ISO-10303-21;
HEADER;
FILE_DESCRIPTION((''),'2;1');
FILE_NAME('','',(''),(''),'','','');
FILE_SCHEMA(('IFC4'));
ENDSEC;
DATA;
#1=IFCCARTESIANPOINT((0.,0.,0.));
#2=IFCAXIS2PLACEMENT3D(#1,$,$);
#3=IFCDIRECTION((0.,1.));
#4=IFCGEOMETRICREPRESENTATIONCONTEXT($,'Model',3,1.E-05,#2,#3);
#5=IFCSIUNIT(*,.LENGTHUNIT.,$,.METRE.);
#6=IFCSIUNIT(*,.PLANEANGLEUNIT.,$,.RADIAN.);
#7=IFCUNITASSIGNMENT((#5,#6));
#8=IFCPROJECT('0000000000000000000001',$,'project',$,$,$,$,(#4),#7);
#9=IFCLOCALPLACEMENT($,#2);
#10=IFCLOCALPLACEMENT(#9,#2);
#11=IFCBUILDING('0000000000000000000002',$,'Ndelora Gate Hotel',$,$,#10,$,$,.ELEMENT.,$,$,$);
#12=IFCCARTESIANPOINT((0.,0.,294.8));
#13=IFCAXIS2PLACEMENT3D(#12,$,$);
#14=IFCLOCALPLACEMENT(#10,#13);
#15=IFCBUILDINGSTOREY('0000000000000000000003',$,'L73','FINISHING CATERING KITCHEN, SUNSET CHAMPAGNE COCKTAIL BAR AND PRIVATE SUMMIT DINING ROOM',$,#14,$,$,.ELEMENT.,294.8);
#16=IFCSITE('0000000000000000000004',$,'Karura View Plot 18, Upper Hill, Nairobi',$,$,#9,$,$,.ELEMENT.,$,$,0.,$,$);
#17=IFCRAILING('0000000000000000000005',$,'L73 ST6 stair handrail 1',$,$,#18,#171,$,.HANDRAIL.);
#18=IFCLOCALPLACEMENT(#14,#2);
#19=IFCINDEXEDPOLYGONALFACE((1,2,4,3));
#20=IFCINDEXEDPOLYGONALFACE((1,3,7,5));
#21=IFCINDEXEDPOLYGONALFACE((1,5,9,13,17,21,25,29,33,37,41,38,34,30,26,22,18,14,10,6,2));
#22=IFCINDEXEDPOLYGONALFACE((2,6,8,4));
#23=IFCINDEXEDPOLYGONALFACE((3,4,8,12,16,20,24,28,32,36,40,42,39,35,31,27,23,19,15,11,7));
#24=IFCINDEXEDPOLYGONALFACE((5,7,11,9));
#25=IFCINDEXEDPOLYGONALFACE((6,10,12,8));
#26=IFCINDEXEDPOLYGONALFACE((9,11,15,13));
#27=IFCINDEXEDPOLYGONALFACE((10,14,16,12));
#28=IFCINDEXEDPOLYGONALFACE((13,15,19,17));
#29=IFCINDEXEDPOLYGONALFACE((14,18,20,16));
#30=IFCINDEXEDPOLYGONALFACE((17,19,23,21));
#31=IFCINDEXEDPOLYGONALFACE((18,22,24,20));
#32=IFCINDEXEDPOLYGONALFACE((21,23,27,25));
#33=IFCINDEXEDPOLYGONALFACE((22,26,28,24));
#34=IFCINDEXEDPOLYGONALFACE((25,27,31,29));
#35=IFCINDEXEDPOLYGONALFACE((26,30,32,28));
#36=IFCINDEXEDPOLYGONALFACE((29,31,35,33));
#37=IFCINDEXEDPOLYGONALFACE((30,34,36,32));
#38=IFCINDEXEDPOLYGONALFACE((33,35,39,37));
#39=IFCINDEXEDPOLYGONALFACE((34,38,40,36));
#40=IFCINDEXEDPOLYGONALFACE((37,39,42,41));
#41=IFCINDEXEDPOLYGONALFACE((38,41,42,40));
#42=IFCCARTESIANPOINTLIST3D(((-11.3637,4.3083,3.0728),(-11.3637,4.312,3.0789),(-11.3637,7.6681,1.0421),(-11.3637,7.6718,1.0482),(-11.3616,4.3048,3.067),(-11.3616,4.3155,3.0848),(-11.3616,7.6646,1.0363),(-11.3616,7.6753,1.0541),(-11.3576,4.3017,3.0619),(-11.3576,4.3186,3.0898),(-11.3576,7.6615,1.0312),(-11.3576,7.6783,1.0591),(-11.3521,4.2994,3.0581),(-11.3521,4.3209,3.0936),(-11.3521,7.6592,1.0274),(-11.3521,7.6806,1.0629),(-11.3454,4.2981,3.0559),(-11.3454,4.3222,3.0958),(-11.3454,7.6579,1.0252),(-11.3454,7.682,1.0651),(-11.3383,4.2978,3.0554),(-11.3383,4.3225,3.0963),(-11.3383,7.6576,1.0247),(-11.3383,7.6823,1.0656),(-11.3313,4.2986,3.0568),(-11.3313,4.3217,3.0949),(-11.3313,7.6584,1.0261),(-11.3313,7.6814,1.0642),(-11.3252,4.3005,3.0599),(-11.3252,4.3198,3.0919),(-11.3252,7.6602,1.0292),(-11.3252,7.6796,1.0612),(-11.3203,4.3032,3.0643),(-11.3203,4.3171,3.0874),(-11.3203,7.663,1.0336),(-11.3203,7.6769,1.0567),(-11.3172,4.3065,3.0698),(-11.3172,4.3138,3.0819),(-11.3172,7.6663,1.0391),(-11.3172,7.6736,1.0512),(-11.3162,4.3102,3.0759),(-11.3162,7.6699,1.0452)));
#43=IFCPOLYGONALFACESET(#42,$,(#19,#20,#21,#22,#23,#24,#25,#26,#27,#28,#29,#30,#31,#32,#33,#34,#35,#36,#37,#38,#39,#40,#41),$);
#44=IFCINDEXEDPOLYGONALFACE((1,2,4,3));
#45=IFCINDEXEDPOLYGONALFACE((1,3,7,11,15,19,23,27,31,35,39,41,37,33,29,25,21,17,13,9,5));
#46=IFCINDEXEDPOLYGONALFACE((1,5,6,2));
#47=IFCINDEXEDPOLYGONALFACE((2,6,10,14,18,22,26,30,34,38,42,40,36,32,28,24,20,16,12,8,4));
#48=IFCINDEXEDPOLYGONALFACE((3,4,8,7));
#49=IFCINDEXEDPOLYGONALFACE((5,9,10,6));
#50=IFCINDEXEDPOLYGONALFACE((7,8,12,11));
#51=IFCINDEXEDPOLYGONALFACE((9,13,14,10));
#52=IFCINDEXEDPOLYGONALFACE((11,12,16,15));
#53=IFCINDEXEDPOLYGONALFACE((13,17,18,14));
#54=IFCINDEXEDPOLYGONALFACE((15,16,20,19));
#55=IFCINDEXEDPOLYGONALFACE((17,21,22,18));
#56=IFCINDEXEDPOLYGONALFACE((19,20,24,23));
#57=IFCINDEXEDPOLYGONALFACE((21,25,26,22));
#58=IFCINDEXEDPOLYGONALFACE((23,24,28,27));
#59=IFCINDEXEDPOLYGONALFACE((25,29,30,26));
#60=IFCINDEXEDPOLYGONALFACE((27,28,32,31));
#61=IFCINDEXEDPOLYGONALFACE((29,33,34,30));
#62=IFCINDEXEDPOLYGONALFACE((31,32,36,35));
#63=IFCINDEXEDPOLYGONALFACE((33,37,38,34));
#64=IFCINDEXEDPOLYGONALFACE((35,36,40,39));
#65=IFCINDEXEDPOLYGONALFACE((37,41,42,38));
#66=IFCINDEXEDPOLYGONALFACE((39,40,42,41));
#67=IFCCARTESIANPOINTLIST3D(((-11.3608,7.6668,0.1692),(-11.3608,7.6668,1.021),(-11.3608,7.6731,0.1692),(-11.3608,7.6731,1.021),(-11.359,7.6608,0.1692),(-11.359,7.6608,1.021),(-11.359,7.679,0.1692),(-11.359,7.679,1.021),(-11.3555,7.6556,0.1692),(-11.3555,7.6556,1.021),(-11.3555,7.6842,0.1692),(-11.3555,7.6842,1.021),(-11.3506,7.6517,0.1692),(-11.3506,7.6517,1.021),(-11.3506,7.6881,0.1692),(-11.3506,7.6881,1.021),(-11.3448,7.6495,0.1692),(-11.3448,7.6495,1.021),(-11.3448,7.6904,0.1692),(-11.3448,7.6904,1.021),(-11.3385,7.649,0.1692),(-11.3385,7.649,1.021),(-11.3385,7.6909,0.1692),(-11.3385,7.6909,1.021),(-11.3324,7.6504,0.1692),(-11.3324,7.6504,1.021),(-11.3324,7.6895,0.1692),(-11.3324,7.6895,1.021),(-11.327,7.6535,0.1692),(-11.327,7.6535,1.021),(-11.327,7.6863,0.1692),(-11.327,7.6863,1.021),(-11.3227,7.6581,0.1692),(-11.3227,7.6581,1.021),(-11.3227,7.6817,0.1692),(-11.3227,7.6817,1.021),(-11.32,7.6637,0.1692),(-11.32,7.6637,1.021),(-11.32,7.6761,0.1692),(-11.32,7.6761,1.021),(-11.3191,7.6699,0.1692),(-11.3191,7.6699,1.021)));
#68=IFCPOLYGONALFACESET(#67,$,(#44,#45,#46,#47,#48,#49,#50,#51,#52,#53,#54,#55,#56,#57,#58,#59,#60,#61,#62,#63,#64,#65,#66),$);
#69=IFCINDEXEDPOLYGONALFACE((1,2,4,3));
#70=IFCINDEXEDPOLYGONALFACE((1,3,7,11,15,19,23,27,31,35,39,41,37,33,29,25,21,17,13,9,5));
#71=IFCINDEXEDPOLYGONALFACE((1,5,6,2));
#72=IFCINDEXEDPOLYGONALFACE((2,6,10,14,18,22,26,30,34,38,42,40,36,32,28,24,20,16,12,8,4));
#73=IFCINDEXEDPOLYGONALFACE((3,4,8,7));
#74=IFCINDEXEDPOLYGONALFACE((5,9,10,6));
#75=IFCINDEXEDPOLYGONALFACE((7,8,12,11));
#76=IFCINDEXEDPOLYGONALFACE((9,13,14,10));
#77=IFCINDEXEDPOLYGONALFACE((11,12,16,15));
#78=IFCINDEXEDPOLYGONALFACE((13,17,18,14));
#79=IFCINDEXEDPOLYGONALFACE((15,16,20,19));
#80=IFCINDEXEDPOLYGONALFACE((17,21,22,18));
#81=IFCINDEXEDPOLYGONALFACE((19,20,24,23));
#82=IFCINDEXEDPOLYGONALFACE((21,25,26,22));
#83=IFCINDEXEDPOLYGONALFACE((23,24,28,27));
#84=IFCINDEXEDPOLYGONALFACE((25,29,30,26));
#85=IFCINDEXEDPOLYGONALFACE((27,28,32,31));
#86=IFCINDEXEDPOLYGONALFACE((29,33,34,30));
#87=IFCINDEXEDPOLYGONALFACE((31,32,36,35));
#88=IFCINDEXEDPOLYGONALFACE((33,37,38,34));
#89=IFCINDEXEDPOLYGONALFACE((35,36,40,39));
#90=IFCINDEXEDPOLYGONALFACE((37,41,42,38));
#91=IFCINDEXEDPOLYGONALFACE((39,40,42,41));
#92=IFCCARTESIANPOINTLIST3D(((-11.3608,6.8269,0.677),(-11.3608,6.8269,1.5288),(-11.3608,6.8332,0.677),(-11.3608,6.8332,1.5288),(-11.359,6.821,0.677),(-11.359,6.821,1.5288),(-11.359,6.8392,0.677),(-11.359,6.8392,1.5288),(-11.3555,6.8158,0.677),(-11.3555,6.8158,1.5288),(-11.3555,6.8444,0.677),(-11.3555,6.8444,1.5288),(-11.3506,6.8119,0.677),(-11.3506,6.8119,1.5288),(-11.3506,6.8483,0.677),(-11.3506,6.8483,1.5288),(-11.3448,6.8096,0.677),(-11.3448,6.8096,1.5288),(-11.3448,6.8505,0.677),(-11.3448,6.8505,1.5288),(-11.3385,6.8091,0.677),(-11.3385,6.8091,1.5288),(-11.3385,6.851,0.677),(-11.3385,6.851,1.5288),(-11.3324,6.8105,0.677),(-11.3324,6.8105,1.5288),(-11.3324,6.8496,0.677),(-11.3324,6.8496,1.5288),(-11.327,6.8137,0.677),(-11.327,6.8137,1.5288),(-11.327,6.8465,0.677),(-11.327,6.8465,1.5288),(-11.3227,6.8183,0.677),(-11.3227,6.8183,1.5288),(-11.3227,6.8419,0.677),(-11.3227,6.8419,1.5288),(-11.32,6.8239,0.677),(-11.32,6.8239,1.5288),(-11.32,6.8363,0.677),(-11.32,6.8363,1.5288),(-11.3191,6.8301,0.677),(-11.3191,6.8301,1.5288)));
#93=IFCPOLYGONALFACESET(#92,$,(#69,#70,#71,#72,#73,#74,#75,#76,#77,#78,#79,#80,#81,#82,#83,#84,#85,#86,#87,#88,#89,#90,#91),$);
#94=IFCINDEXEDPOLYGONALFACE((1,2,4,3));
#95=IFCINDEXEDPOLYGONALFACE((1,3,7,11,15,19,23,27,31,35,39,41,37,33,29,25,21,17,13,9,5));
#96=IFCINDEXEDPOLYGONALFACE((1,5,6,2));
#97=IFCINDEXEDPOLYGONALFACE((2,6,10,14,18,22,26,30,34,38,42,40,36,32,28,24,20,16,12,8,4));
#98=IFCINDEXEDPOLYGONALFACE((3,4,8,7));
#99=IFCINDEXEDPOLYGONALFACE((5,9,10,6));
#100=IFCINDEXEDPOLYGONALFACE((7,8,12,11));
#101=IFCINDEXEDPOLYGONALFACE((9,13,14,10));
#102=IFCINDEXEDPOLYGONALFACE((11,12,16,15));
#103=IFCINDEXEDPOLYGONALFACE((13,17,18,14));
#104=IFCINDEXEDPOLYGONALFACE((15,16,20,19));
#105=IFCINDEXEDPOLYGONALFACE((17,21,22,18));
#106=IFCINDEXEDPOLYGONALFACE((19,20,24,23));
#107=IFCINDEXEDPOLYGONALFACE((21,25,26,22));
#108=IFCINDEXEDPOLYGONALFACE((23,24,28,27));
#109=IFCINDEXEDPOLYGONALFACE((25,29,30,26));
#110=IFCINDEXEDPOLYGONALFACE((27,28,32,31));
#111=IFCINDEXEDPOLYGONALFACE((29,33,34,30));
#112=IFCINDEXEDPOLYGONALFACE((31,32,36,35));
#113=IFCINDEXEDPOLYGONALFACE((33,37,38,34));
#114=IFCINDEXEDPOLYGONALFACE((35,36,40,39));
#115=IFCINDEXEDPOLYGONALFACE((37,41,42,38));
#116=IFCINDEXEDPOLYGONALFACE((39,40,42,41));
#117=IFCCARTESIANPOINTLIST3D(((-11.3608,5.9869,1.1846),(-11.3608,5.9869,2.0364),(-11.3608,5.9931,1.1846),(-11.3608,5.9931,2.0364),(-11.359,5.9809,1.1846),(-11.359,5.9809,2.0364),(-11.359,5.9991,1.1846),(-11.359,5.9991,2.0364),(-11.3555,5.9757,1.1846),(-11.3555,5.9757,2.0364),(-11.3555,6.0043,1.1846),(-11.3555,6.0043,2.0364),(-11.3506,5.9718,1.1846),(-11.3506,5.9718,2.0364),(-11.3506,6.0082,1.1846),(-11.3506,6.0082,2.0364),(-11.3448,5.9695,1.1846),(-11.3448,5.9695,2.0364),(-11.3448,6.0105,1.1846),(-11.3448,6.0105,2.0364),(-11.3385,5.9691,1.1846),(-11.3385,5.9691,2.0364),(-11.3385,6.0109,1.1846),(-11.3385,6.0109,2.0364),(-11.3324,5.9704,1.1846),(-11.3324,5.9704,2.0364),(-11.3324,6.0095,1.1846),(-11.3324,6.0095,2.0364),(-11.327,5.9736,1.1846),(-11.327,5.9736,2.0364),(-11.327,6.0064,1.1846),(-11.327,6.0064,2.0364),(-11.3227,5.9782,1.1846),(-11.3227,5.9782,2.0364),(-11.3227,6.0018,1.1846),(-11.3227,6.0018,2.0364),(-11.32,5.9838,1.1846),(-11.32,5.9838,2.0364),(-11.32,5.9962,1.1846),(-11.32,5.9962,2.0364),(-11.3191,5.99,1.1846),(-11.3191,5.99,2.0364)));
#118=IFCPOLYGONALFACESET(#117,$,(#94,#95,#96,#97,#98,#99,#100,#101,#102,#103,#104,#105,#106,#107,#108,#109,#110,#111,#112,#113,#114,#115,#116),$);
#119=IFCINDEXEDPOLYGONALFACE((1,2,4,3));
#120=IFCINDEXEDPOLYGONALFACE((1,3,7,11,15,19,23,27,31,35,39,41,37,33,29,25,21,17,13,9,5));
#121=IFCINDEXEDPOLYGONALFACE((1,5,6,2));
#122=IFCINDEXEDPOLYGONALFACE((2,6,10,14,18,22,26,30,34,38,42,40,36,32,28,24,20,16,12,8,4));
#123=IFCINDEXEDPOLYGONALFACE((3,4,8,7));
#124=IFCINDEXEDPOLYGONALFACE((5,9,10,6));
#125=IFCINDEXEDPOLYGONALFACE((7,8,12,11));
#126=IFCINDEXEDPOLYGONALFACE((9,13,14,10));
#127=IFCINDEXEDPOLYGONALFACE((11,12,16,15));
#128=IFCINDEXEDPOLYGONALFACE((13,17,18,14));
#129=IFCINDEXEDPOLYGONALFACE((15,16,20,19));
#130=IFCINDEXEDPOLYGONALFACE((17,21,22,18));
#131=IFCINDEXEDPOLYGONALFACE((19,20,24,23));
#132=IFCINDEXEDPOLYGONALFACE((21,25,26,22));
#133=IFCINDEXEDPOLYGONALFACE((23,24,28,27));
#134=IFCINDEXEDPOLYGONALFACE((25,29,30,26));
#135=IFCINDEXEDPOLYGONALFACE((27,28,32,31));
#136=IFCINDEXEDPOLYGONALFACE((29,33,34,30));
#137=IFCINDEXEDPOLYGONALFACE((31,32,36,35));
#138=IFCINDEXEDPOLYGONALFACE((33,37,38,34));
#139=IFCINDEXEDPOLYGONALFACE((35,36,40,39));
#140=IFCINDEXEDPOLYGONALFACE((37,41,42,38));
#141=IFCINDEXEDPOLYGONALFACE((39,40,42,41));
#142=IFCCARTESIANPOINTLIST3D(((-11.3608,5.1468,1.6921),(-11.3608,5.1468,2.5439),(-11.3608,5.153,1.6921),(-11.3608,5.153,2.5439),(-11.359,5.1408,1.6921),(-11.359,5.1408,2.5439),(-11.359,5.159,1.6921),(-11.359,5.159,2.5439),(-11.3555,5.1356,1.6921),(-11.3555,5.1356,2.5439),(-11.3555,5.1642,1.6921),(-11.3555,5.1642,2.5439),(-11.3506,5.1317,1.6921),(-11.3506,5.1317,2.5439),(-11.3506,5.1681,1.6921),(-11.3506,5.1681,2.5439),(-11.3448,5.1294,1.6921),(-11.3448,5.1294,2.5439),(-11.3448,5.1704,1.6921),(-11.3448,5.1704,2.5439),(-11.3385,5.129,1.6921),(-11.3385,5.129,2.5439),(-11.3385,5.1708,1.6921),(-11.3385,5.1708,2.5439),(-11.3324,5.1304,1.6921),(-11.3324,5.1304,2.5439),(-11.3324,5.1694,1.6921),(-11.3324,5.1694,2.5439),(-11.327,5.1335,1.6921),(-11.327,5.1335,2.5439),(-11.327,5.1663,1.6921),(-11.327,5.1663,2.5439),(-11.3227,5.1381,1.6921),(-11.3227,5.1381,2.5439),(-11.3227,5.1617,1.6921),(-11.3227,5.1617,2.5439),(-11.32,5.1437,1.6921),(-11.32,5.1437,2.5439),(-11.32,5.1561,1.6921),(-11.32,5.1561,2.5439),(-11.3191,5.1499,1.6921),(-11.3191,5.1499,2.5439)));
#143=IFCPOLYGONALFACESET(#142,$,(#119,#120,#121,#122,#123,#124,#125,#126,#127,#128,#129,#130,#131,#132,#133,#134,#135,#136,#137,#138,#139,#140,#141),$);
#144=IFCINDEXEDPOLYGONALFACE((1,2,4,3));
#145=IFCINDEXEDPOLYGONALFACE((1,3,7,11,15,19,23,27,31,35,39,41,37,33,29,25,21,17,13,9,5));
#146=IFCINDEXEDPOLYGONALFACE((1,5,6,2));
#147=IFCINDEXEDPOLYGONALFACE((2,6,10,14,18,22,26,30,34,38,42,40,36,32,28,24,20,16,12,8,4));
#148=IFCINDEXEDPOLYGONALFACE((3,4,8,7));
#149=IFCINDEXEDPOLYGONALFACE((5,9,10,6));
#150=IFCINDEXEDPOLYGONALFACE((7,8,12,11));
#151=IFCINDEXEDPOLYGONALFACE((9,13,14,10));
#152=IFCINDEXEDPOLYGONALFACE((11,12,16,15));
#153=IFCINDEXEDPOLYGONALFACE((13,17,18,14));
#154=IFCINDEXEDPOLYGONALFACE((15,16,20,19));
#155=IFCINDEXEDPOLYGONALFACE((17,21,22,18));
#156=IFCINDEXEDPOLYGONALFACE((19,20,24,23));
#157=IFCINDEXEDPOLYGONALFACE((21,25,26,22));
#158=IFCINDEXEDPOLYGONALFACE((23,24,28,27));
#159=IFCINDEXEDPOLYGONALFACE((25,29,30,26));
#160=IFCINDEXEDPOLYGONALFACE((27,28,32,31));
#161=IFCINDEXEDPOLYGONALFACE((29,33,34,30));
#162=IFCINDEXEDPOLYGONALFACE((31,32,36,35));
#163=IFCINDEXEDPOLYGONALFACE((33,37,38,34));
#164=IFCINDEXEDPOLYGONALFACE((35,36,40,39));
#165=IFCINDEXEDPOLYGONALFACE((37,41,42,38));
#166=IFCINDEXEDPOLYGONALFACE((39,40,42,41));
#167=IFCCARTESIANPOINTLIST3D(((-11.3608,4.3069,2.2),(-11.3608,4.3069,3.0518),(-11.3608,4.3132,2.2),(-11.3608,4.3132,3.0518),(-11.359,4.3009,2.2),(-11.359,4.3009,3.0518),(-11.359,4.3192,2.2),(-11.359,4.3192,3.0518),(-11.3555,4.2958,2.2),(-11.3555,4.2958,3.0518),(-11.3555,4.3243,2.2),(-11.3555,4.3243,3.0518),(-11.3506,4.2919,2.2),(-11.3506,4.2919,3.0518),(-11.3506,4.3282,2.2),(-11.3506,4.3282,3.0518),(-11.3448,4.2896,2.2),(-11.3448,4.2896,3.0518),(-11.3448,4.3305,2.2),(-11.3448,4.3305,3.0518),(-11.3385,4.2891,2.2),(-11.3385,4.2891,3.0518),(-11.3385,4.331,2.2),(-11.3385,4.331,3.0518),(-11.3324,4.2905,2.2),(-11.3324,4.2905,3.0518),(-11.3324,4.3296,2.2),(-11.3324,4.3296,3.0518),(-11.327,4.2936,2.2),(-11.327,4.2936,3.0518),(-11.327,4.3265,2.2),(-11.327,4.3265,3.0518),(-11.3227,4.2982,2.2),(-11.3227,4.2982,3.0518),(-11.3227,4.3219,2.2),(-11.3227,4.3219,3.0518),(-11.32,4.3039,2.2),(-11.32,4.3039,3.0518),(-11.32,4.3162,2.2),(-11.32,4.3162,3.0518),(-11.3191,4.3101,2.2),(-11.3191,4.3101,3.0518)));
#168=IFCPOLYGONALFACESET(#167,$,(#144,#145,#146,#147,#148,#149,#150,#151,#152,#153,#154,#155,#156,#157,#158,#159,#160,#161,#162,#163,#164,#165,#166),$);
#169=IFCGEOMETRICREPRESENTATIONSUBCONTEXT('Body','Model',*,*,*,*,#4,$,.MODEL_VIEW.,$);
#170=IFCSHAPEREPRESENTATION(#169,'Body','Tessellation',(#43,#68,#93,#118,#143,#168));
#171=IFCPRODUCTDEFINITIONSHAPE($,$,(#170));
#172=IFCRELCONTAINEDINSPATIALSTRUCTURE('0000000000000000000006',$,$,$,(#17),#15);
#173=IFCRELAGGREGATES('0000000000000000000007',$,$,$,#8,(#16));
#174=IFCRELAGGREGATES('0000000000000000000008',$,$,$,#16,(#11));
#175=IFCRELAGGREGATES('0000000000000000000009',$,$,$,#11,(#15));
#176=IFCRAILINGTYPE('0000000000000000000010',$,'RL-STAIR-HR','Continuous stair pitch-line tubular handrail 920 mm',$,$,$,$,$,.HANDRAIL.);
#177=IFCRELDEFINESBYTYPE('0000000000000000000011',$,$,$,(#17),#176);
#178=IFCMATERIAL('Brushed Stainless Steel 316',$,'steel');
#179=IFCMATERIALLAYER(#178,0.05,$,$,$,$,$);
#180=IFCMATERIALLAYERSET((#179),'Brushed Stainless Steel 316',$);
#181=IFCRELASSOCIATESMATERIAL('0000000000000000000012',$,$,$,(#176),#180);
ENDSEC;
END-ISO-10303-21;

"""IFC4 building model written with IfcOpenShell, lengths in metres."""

from ifc_helpers import new_model, si_unit, direction, frame, origin, origin_2d, place, context, subcontext, project, spatial, circle, extrude, material, layer, layer_set, type_object, element, save


model = new_model("IFC4")

# Units and contexts
model_context = context("Model", 3, precision=1e-05, world=origin(), true_north=direction((0.0, 1.0)))
body_context = subcontext(model_context, "Body", "Model", "MODEL_VIEW")
ifc_project = project(units=[si_unit("LENGTHUNIT", "METRE"), si_unit("PLANEANGLEUNIT", "RADIAN")], contexts=[model_context])

# Site, building, storey
site_placement = place(None, origin())
site = spatial("IfcSite", under=ifc_project, at=site_placement, Name="Karura View Plot 18, Upper Hill, Nairobi", CompositionType="ELEMENT", RefElevation=0.0)
building_placement = place(site_placement, origin())
building = spatial("IfcBuilding", under=site, at=building_placement, Name="Ndelora Gate Hotel", CompositionType="ELEMENT")
storey_placement = place(building_placement, frame((0.0, 0.0, 294.8)))
storey = spatial("IfcBuildingStorey", under=building, at=storey_placement, Name="L73", Description="FINISHING CATERING KITCHEN, SUNSET CHAMPAGNE COCKTAIL BAR AND PRIVATE SUMMIT DINING ROOM", CompositionType="ELEMENT", Elevation=294.8)

# Railing
ifc_material_1 = material(Name="Brushed Stainless Steel 316", Category="steel")
ifc_layer_1 = layer(ifc_material_1, 0.05)
ifc_layer_set_1 = layer_set([ifc_layer_1], Name="Brushed Stainless Steel 316")
railing_type_1 = type_object("IfcRailingType", Name="RL-STAIR-HR", Description="Continuous stair pitch-line tubular handrail 920 mm", PredefinedType="HANDRAIL", material=ifc_layer_set_1)
railing_1_placement = place(storey_placement, frame((-11.3401, 7.6699, 0.1692)))
element("IfcRailing", 1, at=railing_1_placement, inside=storey, type_object=railing_type_1, Name="L73 ST6 stair handrail 1", PredefinedType="HANDRAIL", context=body_context, shape_type="SweptSolid", body=[
    extrude(circle(Radius=0.0239, at=origin_2d()), frame((0.0, 0.0, 0.876), z_axis=(0.0, -0.85582, 0.517273), x_axis=(1.0, 0.0, 0.0)), (0.0, 0.0, 1.0), 3.9258),
    extrude(circle(Radius=0.021, at=origin_2d()), origin(), (0.0, 0.0, 1.0), 0.8518),
    extrude(circle(Radius=0.021, at=origin_2d()), frame((0.0, -0.8398, 0.5078)), (0.0, 0.0, 1.0), 0.8518),
    extrude(circle(Radius=0.021, at=origin_2d()), frame((0.0, -1.6799, 1.0154)), (0.0, 0.0, 1.0), 0.8518),
    extrude(circle(Radius=0.021, at=origin_2d()), frame((0.0, -2.52, 1.5229)), (0.0, 0.0, 1.0), 0.8518),
    extrude(circle(Radius=0.021, at=origin_2d()), frame((0.0, -3.3599, 2.0308)), (0.0, 0.0, 1.0), 0.8518),
])

save(model, "model.ifc")
